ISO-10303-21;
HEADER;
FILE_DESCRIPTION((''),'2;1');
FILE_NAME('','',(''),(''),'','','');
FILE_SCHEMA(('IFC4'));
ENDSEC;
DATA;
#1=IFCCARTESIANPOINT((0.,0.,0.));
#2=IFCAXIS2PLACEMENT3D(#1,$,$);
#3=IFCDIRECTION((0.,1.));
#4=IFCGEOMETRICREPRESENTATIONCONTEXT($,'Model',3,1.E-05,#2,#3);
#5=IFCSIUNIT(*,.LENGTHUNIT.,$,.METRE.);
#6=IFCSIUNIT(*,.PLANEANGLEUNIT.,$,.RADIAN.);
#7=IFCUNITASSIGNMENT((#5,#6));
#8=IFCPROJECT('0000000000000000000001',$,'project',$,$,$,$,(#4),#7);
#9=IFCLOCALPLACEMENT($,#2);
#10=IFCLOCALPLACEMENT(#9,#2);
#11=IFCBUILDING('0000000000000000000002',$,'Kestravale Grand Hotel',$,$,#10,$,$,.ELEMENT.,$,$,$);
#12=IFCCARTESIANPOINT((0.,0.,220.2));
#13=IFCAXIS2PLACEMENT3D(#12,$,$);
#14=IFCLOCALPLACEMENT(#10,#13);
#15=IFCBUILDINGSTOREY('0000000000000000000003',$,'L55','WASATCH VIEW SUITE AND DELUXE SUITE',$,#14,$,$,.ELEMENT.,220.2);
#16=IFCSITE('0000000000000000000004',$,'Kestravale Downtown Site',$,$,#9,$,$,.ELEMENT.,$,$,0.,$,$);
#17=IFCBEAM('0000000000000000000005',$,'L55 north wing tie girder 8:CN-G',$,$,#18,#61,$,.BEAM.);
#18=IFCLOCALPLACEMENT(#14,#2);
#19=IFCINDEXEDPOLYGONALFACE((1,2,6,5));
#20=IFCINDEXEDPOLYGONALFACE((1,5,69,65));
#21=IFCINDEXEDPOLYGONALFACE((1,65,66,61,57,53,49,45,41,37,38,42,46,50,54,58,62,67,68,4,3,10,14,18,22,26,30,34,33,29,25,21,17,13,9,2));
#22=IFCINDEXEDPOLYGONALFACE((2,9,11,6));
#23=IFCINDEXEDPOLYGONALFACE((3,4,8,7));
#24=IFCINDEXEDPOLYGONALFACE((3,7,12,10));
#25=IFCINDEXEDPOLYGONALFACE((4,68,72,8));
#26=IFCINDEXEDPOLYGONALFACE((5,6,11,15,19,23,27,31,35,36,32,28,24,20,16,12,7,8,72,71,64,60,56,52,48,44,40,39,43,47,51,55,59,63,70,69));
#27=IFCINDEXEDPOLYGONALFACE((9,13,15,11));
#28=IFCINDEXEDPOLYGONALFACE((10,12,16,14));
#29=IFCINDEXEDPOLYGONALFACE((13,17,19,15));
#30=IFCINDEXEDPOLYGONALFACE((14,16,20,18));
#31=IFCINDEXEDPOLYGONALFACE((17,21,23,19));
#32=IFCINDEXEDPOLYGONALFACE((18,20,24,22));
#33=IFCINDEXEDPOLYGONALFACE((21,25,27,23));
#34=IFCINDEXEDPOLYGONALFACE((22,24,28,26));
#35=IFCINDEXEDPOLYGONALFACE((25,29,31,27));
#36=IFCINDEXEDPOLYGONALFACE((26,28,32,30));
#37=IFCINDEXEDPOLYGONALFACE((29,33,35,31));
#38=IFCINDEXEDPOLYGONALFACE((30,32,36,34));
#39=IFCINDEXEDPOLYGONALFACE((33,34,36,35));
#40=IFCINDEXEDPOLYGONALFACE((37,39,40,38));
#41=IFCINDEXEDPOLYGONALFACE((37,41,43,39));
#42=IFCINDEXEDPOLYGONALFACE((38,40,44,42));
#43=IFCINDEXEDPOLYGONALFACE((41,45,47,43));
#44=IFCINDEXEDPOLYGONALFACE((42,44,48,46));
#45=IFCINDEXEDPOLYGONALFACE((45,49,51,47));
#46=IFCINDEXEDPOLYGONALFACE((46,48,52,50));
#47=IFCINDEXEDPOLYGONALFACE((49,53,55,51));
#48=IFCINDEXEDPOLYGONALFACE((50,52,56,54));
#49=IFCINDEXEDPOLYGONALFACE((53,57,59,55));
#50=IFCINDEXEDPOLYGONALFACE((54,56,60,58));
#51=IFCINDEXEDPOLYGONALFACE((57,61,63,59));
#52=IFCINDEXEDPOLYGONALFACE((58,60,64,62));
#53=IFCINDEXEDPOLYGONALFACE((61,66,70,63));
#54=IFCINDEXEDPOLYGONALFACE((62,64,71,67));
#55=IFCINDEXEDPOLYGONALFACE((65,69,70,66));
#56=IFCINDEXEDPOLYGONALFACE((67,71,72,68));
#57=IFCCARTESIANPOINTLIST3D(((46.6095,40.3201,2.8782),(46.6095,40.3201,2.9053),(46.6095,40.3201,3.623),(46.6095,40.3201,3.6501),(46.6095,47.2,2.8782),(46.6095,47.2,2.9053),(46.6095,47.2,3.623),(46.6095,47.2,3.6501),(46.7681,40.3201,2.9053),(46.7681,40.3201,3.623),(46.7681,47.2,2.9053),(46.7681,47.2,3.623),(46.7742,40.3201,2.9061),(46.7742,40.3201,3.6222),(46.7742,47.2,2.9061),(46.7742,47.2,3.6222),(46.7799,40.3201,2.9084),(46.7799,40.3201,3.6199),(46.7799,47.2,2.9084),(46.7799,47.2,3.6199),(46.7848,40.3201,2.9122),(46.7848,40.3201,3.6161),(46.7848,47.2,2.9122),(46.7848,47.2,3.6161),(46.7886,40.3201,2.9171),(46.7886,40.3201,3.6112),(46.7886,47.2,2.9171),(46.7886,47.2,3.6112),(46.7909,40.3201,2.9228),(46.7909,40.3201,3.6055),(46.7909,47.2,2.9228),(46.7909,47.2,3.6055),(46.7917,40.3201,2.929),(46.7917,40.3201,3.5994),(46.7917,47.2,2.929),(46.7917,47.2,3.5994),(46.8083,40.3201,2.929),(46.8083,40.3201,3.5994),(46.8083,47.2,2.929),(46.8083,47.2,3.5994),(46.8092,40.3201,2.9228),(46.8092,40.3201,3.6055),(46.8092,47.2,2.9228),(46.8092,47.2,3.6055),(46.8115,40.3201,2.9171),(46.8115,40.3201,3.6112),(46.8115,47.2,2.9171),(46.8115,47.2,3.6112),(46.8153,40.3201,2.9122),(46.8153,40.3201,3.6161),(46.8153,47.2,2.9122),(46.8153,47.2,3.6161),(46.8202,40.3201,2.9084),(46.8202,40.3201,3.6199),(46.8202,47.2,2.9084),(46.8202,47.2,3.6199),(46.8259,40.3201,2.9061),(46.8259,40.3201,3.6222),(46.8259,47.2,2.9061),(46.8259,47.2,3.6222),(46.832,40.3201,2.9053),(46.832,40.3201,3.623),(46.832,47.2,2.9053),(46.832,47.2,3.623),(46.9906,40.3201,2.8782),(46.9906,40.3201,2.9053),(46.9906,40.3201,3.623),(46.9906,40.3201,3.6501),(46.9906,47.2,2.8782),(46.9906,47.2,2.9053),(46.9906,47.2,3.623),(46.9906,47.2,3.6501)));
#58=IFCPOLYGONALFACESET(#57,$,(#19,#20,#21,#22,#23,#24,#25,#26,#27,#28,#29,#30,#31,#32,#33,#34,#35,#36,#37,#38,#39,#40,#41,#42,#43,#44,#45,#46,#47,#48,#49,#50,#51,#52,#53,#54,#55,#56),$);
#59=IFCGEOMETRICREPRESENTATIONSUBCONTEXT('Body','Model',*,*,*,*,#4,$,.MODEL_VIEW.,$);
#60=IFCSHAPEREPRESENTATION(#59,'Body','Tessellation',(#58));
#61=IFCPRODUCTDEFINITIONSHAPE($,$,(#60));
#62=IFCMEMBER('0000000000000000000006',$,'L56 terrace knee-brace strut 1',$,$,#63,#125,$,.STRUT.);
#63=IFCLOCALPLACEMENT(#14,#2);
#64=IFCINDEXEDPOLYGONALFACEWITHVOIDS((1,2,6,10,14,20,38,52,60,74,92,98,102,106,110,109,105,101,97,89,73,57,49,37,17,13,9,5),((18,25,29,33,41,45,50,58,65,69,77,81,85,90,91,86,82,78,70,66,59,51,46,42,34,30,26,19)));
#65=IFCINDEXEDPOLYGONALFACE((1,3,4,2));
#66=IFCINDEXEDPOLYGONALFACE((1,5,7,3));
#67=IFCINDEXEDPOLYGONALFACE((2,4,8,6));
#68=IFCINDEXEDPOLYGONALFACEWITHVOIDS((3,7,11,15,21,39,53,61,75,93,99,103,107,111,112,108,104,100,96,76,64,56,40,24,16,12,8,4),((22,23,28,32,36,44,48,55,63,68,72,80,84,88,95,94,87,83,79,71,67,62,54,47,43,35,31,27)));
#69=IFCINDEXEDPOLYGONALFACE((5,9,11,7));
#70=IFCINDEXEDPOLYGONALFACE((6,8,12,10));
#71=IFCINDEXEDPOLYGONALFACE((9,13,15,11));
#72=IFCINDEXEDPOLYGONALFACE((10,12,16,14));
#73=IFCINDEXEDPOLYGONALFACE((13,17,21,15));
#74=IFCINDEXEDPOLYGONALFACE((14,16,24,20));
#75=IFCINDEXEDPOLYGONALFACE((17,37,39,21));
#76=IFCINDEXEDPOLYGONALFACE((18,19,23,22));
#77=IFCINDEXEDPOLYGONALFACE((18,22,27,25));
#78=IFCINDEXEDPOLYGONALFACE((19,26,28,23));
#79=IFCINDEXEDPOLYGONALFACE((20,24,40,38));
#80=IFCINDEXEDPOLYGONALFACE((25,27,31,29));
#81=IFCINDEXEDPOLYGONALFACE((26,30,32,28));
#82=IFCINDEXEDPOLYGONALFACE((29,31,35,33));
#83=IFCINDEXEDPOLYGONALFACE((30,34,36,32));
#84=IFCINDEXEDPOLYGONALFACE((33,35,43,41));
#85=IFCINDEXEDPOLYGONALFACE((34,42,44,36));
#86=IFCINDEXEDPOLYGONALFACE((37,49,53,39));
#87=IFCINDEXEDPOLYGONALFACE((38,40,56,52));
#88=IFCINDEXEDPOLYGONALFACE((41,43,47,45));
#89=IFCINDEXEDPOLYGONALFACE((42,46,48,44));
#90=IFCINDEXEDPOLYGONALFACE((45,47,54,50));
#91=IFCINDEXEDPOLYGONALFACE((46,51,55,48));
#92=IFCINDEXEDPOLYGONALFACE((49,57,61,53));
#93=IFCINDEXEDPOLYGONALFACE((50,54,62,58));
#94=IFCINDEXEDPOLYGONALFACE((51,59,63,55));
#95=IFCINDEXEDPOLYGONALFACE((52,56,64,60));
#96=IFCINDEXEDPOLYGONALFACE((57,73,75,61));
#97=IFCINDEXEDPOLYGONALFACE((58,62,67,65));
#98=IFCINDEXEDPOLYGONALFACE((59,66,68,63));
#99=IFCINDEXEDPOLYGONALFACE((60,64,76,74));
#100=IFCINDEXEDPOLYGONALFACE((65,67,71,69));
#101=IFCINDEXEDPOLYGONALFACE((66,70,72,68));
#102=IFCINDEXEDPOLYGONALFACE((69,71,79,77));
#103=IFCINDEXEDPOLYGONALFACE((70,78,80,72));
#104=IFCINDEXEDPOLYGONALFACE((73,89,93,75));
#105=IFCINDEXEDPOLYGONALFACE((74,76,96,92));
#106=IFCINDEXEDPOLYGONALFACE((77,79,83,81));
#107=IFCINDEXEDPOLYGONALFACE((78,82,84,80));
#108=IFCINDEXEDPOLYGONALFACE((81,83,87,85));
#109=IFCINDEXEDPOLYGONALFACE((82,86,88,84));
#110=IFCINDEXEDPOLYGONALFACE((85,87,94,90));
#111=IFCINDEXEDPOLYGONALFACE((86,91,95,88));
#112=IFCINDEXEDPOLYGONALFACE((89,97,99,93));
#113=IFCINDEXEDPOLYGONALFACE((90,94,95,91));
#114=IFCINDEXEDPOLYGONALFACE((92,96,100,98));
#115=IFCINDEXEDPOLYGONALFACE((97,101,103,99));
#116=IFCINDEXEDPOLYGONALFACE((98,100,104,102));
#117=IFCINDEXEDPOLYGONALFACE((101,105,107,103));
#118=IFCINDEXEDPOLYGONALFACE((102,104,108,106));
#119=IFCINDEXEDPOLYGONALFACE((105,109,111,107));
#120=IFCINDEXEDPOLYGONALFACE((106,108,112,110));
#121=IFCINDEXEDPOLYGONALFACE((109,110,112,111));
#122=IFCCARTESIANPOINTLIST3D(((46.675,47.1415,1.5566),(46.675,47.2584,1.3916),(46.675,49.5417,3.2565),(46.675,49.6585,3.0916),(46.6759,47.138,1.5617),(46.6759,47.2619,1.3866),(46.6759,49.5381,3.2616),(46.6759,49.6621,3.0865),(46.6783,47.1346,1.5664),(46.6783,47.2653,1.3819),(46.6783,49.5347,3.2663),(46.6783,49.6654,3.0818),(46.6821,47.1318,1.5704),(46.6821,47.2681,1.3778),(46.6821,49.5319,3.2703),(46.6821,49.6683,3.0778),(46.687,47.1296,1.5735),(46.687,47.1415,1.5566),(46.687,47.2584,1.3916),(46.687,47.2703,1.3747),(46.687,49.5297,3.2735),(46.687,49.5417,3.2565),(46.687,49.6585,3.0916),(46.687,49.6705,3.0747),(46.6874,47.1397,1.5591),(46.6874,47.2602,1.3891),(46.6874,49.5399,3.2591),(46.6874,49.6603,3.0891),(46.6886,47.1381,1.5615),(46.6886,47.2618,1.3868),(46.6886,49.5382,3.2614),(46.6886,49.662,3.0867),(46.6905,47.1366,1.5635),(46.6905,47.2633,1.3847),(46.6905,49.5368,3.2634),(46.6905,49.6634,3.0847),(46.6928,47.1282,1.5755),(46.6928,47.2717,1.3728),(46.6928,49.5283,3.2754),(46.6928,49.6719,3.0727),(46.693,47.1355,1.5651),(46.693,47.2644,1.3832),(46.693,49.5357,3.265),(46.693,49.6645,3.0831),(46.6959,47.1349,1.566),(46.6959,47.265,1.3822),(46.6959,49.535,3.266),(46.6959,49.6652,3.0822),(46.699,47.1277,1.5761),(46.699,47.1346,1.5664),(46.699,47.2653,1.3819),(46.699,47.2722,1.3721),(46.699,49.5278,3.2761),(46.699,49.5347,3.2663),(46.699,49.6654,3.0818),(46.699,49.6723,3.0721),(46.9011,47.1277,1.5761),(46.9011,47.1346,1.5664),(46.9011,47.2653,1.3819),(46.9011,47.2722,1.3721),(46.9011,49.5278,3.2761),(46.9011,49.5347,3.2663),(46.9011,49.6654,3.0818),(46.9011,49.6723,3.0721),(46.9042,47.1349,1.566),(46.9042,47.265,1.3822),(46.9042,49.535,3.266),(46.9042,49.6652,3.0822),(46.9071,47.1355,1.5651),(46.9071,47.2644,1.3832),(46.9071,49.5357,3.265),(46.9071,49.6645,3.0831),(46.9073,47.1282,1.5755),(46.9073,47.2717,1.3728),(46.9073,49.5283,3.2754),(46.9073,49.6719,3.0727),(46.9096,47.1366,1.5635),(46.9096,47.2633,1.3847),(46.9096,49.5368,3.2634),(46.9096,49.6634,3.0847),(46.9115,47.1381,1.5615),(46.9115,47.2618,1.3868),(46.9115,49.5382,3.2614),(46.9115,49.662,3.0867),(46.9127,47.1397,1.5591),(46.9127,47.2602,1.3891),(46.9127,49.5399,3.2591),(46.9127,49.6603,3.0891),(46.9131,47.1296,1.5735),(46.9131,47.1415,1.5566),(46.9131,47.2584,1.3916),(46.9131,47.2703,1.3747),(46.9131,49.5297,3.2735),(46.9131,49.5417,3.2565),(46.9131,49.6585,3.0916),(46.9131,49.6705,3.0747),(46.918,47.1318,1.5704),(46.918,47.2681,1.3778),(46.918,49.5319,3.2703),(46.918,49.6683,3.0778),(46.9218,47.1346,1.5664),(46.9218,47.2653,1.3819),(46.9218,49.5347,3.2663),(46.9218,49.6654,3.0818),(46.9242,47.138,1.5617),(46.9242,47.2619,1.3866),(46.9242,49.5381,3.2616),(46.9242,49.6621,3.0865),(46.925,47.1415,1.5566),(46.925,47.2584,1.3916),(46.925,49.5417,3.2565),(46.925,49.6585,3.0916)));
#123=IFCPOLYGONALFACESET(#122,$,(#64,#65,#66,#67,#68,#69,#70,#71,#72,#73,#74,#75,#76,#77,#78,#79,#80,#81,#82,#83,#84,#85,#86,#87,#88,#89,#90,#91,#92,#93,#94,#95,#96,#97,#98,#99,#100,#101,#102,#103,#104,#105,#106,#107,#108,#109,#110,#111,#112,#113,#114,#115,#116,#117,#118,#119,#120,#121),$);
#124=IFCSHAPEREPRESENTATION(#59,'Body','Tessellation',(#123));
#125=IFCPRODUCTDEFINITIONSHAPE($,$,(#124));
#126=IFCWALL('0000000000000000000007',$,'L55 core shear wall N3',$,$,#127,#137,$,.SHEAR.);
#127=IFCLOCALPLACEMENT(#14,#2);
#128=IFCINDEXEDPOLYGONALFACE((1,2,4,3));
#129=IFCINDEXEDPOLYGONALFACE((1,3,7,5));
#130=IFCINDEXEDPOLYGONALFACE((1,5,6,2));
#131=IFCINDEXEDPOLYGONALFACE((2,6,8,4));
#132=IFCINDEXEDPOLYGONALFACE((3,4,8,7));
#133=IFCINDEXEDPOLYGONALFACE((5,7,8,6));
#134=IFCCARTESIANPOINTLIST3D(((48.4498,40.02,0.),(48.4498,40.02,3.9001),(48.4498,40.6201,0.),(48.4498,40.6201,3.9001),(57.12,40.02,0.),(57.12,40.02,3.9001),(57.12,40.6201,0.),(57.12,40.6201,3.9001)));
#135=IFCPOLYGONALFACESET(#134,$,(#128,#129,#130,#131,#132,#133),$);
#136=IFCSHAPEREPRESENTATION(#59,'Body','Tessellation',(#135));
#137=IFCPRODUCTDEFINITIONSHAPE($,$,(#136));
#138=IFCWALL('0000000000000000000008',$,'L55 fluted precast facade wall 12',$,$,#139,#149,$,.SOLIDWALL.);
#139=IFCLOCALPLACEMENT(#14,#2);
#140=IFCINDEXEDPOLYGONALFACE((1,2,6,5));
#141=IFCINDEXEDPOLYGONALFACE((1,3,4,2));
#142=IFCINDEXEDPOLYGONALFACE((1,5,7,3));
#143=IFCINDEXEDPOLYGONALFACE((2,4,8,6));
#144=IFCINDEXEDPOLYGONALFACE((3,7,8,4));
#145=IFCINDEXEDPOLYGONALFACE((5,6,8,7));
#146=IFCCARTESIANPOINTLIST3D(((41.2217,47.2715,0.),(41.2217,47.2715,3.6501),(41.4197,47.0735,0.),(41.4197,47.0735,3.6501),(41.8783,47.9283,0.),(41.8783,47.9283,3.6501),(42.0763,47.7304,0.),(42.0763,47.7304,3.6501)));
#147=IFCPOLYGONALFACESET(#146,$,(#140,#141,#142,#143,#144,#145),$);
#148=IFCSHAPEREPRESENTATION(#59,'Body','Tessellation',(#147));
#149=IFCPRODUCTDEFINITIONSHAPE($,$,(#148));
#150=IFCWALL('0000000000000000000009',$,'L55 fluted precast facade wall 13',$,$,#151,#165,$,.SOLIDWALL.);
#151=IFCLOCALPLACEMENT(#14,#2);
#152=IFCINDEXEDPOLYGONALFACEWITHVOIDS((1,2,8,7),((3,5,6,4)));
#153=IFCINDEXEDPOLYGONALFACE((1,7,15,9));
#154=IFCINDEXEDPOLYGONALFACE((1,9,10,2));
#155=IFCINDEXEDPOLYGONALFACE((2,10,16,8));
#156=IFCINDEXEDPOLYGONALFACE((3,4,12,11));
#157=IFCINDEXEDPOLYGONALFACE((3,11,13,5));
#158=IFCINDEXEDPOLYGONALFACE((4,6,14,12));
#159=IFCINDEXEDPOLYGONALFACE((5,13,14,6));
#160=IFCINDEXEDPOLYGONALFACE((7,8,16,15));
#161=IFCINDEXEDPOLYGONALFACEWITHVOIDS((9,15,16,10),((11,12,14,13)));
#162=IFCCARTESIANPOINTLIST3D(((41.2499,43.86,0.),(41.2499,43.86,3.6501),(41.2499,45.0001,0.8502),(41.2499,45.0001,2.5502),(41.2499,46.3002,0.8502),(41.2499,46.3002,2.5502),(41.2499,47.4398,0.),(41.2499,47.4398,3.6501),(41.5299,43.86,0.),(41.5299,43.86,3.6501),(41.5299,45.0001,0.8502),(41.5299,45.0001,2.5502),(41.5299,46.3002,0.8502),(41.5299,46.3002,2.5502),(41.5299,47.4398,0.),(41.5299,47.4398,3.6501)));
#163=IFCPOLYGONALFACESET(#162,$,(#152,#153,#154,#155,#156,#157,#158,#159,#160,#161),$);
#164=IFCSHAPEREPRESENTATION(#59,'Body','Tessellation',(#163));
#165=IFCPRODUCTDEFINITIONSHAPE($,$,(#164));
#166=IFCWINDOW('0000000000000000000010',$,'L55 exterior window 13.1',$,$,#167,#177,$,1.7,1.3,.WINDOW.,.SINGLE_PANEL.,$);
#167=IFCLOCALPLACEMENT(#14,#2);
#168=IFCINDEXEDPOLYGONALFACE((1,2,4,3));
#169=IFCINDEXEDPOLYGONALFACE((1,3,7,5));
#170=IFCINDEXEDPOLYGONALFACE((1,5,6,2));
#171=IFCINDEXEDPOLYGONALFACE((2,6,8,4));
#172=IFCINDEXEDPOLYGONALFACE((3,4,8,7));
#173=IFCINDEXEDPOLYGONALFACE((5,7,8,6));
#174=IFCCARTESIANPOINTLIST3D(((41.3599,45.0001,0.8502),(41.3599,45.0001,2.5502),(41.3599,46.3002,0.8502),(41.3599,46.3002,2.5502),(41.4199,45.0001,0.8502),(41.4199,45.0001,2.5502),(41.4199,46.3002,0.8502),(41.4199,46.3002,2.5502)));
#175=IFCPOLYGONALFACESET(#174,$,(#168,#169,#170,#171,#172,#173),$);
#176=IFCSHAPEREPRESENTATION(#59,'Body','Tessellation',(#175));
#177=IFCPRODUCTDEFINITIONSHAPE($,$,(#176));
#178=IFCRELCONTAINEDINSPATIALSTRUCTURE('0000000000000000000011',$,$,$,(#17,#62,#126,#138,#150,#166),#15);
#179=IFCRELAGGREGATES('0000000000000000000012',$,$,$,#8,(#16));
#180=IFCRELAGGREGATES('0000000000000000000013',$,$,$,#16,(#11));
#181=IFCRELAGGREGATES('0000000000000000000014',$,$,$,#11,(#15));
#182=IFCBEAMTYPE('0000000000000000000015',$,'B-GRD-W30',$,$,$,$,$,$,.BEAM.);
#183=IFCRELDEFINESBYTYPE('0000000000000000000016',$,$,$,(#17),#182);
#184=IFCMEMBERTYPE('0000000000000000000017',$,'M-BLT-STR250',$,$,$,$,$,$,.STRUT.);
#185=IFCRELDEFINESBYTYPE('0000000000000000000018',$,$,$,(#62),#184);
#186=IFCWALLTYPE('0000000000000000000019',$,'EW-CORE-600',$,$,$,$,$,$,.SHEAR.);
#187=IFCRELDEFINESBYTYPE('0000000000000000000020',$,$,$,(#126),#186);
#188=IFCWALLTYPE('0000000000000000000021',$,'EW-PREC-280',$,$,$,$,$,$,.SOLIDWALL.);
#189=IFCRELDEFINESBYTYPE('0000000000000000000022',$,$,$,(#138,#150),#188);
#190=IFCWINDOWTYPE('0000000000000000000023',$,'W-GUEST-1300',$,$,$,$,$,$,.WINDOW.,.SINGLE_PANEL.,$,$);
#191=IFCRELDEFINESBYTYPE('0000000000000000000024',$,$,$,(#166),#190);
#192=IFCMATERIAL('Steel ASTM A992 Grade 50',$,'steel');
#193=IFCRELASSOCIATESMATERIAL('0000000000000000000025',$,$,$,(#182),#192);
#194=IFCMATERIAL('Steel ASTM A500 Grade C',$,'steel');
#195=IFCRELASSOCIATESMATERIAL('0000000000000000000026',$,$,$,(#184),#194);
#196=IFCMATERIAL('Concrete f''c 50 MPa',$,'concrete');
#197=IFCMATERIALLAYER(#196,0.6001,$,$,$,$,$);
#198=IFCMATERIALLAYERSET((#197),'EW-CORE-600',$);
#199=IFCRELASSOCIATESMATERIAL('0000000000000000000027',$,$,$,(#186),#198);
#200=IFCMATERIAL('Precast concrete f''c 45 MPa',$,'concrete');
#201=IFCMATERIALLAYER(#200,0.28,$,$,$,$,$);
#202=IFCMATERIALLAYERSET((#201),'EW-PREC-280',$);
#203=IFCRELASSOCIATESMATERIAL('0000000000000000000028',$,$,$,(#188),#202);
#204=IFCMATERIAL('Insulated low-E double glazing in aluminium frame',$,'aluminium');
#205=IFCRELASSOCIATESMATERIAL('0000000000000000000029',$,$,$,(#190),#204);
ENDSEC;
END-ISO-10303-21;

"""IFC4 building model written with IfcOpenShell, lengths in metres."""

from ifc_helpers import new_model, si_unit, direction, frame, frame_2d, origin, origin_2d, place, context, subcontext, project, spatial, rectangle, hollow_rectangle, i_section, extrude, material, layer, layer_set, material_profile, profile_set, type_object, element, fill, save


model = new_model("IFC4")

# Units and contexts
model_context = context("Model", 3, precision=1e-05, world=origin(), true_north=direction((0.0, 1.0)))
body_context = subcontext(model_context, "Body", "Model", "MODEL_VIEW")
ifc_project = project(units=[si_unit("LENGTHUNIT", "METRE"), si_unit("PLANEANGLEUNIT", "RADIAN")], contexts=[model_context])

# Site, building, storey
site_placement = place(None, origin())
site = spatial("IfcSite", under=ifc_project, at=site_placement, Name="Kestravale Downtown Site", CompositionType="ELEMENT", RefElevation=0.0)
building_placement = place(site_placement, origin())
building = spatial("IfcBuilding", under=site, at=building_placement, Name="Kestravale Grand Hotel", CompositionType="ELEMENT")
storey_placement = place(building_placement, frame((0.0, 0.0, 220.2)))
storey = spatial("IfcBuildingStorey", under=building, at=storey_placement, Name="L55", Description="WASATCH VIEW SUITE AND DELUXE SUITE", CompositionType="ELEMENT", Elevation=220.2)

# Beam
ifc_material_1 = material(Name="Steel ASTM A992 Grade 50", Category="steel")
ifc_material_profile_1 = material_profile(ifc_material_1, i_section(OverallWidth=0.3811, OverallDepth=0.772, WebThickness=0.0166, FlangeThickness=0.0271, FilletRadius=0.0237, at=origin_2d()))
ifc_profile_set_1 = profile_set([ifc_material_profile_1], Name="Steel ASTM A992 Grade 50")
beam_type_1 = type_object("IfcBeamType", Name="B-GRD-W30", PredefinedType="BEAM", material=ifc_profile_set_1)
beam_1_placement = place(storey_placement, frame((46.8, 40.3201, 3.2642), z_axis=(0.0, 1.0, 0.0), x_axis=(-1.0, 0.0, 0.0)))
element("IfcBeam", 1, at=beam_1_placement, inside=storey, type_object=beam_type_1, Name="L55 north wing tie girder 8:CN-G", PredefinedType="BEAM", context=body_context, shape_type="SweptSolid", body=[
    extrude(i_section(OverallWidth=0.3811, OverallDepth=0.772, WebThickness=0.0166, FlangeThickness=0.0271, FilletRadius=0.0237, at=origin_2d()), origin(), (0.0, 0.0, 1.0), 6.8799),
])

# Member
ifc_material_2 = material(Name="Steel ASTM A500 Grade C", Category="steel")
ifc_material_profile_2 = material_profile(ifc_material_2, hollow_rectangle(XDim=0.25, YDim=0.25, WallThickness=0.012, InnerFilletRadius=0.012, OuterFilletRadius=0.0239, at=origin_2d()))
ifc_profile_set_2 = profile_set([ifc_material_profile_2], Name="Steel ASTM A500 Grade C")
member_type = type_object("IfcMemberType", Name="M-BLT-STR250", PredefinedType="STRUT", material=ifc_profile_set_2)
member_placement = place(storey_placement, frame((46.8, 47.2, 1.4741), z_axis=(0.0, 0.816049, 0.577983), x_axis=(-1.0, 0.0, 0.0)))
element("IfcMember", 2, at=member_placement, inside=storey, type_object=member_type, Name="L56 terrace knee-brace strut 1", PredefinedType="STRUT", context=body_context, shape_type="SweptSolid", body=[
    extrude(hollow_rectangle(XDim=0.25, YDim=0.25, WallThickness=0.012, InnerFilletRadius=0.012, OuterFilletRadius=0.0239, at=origin_2d()), origin(), (0.0, 0.0, 1.0), 2.9412),
])

# Walls
ifc_material_3 = material(Name="Concrete f'c 50 MPa", Category="concrete")
ifc_layer_1 = layer(ifc_material_3, 0.6001)
ifc_layer_set_1 = layer_set([ifc_layer_1], Name="EW-CORE-600")
wall_type_1 = type_object("IfcWallType", Name="EW-CORE-600", PredefinedType="SHEAR", material=ifc_layer_set_1)
wall_1_placement = place(storey_placement, frame((48.45, 40.3201, 0.0), z_axis=(0.0, 0.0, 1.0), x_axis=(1.0, 0.0, 0.0)))
element("IfcWall", 3, at=wall_1_placement, inside=storey, type_object=wall_type_1, Name="L55 core shear wall N3", PredefinedType="SHEAR", context=body_context, shape_type="SweptSolid", body=[
    extrude(rectangle(XDim=8.6702, YDim=0.6001, at=frame_2d((4.335, 0.0))), origin(), (0.0, 0.0, 1.0), 3.9001),
])
ifc_material_4 = material(Name="Precast concrete f'c 45 MPa", Category="concrete")
ifc_layer_2 = layer(ifc_material_4, 0.28)
ifc_layer_set_2 = layer_set([ifc_layer_2], Name="EW-PREC-280")
wall_type_2 = type_object("IfcWallType", Name="EW-PREC-280", PredefinedType="SOLIDWALL", material=ifc_layer_set_2)
wall_2_placement = place(storey_placement, frame((41.9773, 47.8293, 0.0), z_axis=(0.0, 0.0, 1.0), x_axis=(-0.706975, -0.707238, 0.0)))
element("IfcWall", 4, at=wall_2_placement, inside=storey, type_object=wall_type_2, Name="L55 fluted precast facade wall 12", PredefinedType="SOLIDWALL", context=body_context, shape_type="SweptSolid", body=[
    extrude(rectangle(XDim=0.9287, YDim=0.28, at=frame_2d((0.4644, 0.0))), origin(), (0.0, 0.0, 1.0), 3.6501),
])

# Wall, opening, window
wall_3_placement = place(storey_placement, frame((41.3899, 47.4399, 0.0), z_axis=(0.0, 0.0, 1.0), x_axis=(0.0, -1.0, 0.0)))
wall_3 = element("IfcWall", 5, at=wall_3_placement, inside=storey, type_object=wall_type_2, Name="L55 fluted precast facade wall 13", PredefinedType="SOLIDWALL", context=body_context, shape_type="SweptSolid", body=[
    extrude(rectangle(XDim=3.5798, YDim=0.28, at=frame_2d((1.79, 0.0))), origin(), (0.0, 0.0, 1.0), 3.6501),
])
opening_1_placement = place(wall_3_placement, frame((1.1399, 0.0, 0.8501)))
opening_1 = element("IfcOpeningElement", 6, at=opening_1_placement, cuts=wall_3, PredefinedType="OPENING", context=body_context, shape_type="SweptSolid", body=[
    extrude(rectangle(XDim=1.3, YDim=1.7, at=frame_2d((0.6499, 0.8501))), frame((0.0, 0.1499, 0.0), z_axis=(0.0, -1.0, 0.0), x_axis=(1.0, 0.0, 0.0)), (0.0, 0.0, 1.0), 0.3),
])
ifc_material_5 = material(Name="Insulated low-E double glazing in aluminium frame", Category="aluminium")
window_type = type_object("IfcWindowType", Name="W-GUEST-1300", PartitioningType="SINGLE_PANEL", PredefinedType="WINDOW", material=ifc_material_5)
window_1_placement = place(opening_1_placement, origin())
window_1 = element("IfcWindow", 7, at=window_1_placement, inside=storey, type_object=window_type, Name="L55 exterior window 13.1", OverallHeight=1.7, OverallWidth=1.3, PartitioningType="SINGLE_PANEL", PredefinedType="WINDOW", context=body_context, shape_type="SweptSolid", body=[
    extrude(rectangle(XDim=1.3, YDim=1.7, at=frame_2d((0.6499, 0.8501))), frame((0.0, 0.03, 0.0), z_axis=(0.0, -1.0, 0.0), x_axis=(1.0, 0.0, 0.0)), (0.0, 0.0, 1.0), 0.0601),
])
fill(opening_1, window_1)

save(model, "model.ifc")
